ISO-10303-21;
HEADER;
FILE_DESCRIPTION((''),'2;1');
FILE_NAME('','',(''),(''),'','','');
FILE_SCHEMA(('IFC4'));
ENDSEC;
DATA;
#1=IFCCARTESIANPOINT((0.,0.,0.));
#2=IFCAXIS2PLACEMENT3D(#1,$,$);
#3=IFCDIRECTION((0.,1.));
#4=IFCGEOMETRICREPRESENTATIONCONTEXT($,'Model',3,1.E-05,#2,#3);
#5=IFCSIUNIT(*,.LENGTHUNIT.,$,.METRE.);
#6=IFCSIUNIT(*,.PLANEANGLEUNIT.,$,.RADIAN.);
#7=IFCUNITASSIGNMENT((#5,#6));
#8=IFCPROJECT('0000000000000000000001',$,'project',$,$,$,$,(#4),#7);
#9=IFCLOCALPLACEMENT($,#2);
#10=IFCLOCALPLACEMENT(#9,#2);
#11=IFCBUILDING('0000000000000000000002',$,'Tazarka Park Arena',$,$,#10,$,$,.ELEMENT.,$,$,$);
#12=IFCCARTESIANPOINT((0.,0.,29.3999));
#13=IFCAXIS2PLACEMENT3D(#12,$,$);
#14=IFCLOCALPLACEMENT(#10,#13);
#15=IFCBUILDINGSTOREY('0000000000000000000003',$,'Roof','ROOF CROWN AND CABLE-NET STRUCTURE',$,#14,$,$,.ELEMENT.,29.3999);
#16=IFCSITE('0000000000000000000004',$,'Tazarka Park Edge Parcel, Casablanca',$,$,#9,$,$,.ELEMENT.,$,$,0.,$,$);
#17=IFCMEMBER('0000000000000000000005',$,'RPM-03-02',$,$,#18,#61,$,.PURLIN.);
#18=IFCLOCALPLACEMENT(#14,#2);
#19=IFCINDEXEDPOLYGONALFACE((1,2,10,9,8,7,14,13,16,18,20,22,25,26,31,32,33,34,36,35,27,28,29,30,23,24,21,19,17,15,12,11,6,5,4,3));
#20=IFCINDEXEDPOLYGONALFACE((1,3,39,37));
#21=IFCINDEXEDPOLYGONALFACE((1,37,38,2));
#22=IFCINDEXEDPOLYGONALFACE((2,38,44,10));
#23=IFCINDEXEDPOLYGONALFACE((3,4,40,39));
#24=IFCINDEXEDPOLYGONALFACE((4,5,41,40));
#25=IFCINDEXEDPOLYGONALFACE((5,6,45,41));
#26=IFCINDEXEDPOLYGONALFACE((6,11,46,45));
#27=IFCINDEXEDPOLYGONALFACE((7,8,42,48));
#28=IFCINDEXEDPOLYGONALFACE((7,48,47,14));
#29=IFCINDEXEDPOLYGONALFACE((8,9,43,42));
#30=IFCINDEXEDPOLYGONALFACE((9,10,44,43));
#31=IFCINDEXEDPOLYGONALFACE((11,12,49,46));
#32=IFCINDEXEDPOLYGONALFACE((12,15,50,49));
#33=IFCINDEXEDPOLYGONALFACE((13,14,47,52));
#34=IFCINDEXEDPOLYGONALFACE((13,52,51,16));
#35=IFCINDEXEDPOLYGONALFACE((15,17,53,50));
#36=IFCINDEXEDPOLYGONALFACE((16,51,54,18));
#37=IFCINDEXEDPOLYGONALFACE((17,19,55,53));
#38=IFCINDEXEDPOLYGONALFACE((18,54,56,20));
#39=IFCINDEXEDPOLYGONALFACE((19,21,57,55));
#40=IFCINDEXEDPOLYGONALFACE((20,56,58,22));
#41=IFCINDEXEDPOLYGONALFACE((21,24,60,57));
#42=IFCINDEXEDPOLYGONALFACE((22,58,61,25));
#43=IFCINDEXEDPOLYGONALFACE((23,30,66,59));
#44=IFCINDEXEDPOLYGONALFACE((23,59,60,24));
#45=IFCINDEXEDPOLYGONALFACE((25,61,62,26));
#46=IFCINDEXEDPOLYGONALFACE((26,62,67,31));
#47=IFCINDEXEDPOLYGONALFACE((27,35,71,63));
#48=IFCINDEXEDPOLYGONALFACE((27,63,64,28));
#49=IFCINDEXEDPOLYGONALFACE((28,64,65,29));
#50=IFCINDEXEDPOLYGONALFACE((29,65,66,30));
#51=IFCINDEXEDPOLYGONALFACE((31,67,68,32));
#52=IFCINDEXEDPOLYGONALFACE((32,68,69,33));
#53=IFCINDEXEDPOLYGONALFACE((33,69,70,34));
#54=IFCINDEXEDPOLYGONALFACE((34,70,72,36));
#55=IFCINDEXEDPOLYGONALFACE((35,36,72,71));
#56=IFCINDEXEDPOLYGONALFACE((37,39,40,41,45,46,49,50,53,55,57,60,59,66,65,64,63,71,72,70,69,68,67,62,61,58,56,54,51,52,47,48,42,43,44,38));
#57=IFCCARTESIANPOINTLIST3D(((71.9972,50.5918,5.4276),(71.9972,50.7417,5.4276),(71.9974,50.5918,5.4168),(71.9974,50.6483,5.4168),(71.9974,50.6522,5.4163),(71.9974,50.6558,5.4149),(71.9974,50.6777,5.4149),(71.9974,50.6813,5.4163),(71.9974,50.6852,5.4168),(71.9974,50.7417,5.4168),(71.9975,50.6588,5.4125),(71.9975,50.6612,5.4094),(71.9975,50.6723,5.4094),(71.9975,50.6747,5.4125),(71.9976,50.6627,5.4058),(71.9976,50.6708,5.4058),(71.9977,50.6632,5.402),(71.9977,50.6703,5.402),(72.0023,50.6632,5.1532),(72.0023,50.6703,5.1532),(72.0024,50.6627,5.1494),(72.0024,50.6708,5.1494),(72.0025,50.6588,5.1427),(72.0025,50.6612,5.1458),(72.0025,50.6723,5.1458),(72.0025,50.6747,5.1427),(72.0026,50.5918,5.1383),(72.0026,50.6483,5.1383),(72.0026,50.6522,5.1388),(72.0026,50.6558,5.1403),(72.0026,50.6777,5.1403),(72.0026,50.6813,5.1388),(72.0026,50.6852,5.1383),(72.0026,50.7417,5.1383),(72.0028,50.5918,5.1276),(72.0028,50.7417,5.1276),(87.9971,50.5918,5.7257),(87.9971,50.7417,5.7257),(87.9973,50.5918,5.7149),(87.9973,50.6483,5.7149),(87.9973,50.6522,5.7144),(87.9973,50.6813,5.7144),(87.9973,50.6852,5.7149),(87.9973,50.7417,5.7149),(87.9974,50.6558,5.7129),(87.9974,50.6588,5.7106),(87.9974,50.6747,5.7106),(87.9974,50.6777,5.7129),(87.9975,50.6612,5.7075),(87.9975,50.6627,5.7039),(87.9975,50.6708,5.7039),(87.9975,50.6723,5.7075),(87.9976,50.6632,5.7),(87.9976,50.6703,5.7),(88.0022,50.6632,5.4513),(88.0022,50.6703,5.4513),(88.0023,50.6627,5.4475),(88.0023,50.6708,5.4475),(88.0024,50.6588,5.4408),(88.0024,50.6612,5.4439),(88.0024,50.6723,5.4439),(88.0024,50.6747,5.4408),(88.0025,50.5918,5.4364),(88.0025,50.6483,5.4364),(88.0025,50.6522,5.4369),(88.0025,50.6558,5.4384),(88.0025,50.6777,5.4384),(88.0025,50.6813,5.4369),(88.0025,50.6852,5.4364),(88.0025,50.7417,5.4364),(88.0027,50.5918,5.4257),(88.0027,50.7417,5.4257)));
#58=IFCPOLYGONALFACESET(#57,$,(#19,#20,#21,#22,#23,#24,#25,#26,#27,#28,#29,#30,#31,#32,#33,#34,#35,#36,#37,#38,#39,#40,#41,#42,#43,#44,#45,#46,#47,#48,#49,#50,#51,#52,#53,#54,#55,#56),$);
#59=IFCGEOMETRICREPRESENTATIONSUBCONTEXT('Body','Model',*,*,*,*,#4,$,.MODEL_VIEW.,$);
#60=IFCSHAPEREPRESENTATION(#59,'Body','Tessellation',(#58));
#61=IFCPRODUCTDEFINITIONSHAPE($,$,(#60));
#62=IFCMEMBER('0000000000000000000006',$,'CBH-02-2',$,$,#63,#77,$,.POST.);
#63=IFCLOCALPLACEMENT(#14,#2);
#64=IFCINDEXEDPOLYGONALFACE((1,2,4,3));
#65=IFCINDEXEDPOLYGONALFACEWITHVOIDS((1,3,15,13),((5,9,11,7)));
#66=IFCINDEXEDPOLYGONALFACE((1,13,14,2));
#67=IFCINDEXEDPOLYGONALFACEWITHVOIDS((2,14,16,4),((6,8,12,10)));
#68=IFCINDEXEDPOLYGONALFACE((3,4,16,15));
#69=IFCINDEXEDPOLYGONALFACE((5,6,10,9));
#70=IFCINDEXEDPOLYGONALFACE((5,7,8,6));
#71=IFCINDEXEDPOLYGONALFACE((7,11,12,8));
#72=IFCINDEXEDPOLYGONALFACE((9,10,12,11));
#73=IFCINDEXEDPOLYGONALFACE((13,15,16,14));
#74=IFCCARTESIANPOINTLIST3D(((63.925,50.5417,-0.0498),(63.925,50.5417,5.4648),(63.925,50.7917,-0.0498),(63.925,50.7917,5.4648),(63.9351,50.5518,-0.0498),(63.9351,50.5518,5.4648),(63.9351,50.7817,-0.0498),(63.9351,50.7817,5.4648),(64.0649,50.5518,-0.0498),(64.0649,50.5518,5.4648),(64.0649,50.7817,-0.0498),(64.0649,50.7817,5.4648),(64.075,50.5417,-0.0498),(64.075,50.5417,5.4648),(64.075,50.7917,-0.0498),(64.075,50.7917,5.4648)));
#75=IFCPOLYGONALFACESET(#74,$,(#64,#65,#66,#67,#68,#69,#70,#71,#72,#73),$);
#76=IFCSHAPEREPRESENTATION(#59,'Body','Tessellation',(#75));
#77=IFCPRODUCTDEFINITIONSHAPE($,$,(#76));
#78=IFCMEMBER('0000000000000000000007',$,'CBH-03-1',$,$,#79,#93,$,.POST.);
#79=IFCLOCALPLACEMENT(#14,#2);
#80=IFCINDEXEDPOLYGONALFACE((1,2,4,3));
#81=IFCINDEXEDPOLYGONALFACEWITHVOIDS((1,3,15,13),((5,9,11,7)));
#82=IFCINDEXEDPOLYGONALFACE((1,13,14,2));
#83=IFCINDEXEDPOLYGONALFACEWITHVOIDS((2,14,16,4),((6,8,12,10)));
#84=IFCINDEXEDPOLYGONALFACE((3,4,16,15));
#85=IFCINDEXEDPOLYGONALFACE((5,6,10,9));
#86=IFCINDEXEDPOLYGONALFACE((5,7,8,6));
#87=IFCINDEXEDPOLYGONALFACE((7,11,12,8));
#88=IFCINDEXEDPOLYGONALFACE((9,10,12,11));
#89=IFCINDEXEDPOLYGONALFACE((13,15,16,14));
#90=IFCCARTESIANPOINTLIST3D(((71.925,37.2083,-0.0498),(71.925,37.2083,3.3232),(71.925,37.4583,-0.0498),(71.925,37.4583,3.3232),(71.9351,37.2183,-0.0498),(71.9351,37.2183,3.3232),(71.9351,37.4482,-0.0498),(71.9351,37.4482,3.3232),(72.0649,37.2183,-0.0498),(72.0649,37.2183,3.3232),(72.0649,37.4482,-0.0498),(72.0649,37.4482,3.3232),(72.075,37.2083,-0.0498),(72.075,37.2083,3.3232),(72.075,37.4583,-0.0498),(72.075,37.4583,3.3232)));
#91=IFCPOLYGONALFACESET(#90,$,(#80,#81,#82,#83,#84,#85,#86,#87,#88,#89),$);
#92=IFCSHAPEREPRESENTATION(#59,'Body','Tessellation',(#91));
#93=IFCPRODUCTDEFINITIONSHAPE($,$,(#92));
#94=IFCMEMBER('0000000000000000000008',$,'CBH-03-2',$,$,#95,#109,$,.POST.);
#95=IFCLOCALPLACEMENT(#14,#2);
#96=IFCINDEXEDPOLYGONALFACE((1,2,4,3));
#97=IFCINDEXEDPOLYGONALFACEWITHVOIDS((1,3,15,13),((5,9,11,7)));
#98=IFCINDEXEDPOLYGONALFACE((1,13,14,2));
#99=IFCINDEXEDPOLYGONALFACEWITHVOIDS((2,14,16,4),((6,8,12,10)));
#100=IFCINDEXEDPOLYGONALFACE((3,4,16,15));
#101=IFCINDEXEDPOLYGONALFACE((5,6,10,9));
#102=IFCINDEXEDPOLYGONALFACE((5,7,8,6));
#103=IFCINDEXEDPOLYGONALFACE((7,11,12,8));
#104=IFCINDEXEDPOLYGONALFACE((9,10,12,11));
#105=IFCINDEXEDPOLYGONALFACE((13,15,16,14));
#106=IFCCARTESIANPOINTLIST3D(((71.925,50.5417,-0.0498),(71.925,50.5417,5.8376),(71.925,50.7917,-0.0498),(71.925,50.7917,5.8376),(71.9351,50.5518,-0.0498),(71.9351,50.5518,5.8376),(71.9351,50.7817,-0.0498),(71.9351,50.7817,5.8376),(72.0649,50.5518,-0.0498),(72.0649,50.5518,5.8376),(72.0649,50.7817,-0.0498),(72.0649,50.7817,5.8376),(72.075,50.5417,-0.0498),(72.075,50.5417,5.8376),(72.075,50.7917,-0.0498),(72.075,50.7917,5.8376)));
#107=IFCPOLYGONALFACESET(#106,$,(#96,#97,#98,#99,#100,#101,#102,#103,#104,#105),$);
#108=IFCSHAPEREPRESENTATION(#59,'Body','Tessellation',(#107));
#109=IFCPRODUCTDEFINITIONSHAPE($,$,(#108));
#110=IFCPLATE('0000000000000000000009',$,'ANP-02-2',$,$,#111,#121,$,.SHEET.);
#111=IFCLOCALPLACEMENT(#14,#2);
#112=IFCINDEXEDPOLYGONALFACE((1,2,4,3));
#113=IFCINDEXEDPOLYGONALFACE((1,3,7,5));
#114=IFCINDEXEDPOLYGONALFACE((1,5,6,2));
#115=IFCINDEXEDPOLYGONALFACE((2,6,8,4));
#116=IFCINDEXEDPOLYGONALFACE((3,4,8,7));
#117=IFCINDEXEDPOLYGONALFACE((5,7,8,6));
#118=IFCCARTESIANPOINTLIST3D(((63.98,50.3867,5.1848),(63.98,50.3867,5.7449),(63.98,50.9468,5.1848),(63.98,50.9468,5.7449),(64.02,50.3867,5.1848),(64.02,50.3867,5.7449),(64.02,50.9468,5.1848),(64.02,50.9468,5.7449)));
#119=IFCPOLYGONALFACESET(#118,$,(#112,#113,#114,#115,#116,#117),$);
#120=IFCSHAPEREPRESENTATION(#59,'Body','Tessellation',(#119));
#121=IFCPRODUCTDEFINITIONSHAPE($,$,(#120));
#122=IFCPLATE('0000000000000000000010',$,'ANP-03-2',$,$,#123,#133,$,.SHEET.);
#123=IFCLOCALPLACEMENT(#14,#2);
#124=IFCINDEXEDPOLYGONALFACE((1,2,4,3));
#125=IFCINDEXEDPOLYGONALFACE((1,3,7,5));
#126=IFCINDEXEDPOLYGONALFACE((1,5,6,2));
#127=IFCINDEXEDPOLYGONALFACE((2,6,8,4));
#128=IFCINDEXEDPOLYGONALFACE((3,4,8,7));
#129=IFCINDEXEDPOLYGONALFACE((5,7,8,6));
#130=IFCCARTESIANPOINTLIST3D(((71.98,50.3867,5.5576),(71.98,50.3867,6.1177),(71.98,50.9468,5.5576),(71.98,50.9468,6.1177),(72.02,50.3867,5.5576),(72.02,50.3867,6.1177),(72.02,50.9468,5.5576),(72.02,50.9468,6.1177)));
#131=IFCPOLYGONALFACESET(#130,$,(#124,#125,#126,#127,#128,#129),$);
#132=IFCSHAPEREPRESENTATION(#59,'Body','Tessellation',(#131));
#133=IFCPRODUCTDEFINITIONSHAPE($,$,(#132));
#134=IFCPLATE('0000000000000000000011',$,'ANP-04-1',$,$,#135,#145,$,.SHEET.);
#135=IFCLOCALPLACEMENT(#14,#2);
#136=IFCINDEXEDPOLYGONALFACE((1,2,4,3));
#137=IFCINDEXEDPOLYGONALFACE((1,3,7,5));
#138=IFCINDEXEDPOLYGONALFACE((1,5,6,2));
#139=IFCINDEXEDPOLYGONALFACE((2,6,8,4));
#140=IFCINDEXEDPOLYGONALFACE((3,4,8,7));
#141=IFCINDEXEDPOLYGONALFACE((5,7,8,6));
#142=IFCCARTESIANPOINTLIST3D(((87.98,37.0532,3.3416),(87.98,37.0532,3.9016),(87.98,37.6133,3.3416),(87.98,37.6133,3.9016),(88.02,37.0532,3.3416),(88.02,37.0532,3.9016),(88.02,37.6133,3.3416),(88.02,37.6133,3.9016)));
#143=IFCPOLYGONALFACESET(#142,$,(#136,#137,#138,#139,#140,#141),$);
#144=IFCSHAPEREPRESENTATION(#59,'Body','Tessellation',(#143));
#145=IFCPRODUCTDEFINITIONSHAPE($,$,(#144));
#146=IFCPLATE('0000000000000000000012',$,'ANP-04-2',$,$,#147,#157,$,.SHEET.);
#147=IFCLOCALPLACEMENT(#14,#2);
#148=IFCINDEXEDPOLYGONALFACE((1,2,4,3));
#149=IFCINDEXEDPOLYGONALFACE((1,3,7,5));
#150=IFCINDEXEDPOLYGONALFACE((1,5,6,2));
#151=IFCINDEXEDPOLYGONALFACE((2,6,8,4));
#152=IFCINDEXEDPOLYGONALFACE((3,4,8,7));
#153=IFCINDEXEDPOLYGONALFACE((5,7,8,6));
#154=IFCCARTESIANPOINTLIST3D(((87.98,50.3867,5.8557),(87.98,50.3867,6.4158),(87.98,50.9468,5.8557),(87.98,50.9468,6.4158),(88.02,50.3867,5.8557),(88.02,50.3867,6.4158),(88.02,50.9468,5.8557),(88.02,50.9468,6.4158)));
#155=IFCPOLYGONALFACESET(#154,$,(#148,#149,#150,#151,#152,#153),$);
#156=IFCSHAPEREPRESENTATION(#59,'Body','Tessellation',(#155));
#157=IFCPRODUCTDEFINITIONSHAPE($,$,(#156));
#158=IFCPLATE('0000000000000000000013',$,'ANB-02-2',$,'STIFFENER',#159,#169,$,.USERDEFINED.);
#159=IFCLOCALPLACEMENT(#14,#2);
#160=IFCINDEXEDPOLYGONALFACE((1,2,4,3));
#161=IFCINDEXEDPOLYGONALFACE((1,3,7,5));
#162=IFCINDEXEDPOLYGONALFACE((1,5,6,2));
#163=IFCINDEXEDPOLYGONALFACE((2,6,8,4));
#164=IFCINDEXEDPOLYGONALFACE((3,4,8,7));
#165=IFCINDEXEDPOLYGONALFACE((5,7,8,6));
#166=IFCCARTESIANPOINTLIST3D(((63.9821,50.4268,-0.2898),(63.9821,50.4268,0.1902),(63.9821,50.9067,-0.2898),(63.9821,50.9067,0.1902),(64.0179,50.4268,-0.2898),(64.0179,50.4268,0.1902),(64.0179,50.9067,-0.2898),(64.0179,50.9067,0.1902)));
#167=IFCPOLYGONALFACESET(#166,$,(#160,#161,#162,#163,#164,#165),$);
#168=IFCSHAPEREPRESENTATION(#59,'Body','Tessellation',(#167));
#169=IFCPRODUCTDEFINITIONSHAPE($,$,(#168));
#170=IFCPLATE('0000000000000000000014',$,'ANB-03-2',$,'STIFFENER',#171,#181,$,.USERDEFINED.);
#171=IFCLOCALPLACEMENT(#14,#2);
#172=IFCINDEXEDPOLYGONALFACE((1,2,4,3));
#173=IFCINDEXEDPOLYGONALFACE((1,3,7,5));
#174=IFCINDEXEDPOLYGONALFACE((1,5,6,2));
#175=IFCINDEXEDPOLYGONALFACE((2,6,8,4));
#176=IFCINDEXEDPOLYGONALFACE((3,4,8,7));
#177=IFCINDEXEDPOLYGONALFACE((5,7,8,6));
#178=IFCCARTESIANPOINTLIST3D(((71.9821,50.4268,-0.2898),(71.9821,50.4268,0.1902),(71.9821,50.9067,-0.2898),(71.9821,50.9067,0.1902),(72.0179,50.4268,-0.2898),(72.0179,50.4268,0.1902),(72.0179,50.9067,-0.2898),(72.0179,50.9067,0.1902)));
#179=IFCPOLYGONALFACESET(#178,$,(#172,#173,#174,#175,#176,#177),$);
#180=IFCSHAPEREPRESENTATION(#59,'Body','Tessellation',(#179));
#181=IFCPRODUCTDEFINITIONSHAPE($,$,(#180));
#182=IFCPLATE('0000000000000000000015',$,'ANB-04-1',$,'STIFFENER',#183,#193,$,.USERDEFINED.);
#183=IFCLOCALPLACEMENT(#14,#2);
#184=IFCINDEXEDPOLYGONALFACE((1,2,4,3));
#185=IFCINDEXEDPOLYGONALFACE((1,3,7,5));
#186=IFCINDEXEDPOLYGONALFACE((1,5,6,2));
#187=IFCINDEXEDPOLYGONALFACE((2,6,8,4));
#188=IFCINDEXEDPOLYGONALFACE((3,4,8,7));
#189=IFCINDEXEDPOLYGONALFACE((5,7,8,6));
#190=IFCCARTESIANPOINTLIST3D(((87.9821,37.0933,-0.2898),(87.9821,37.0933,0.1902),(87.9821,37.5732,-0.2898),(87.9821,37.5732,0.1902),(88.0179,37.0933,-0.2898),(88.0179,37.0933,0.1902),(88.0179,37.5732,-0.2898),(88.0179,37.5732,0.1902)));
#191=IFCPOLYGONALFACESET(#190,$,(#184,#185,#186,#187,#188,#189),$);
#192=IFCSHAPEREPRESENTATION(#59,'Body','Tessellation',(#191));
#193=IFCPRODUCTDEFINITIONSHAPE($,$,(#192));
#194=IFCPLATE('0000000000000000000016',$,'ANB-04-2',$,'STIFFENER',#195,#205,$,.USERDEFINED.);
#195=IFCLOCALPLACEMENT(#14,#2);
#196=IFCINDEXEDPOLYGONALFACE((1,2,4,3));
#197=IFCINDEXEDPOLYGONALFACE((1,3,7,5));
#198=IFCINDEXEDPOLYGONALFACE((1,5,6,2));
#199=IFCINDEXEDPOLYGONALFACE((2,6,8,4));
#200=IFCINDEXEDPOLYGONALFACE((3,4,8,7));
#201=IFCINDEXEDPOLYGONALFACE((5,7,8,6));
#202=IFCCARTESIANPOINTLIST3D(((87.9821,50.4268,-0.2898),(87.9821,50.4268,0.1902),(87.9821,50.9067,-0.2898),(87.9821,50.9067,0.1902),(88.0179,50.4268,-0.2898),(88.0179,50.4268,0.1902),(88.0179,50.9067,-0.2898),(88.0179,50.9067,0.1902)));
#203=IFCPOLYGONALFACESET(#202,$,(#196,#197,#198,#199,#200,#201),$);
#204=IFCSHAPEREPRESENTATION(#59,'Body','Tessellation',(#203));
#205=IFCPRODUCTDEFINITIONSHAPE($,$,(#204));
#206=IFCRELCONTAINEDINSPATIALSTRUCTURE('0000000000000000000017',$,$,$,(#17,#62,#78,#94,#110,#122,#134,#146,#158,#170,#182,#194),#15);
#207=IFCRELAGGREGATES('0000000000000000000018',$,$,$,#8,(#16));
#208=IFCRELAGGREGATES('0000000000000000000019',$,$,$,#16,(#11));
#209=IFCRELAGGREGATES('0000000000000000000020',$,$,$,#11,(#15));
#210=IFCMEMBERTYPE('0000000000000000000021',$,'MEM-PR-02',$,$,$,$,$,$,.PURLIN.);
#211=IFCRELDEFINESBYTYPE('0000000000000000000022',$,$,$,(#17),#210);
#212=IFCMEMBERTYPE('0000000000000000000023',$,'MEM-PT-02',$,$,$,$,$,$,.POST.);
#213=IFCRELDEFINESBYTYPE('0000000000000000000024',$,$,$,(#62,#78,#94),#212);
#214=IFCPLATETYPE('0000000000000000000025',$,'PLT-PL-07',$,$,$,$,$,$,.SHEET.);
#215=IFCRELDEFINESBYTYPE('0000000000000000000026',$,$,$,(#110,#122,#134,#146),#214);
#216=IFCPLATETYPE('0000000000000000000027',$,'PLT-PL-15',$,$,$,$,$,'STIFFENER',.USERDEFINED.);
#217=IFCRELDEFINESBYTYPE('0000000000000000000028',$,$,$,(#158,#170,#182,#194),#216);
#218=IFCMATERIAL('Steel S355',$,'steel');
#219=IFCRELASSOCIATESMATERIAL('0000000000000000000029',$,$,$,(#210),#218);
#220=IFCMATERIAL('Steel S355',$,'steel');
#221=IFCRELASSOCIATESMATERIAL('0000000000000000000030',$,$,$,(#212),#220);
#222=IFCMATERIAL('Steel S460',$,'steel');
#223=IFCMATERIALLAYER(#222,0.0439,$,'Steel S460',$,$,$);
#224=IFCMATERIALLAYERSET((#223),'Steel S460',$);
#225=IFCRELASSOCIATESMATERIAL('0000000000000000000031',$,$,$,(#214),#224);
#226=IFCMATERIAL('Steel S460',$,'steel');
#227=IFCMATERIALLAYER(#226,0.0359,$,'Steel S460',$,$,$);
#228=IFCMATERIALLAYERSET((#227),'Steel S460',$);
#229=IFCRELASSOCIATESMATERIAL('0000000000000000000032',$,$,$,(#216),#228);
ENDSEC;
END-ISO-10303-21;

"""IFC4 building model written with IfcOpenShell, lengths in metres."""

from ifc_helpers import new_model, si_unit, direction, frame, origin, origin_2d, place, context, subcontext, project, spatial, rectangle, hollow_rectangle, i_section, extrude, material, layer, layer_set, material_profile, profile_set, type_object, element, save


model = new_model("IFC4")

# Units and contexts
model_context = context("Model", 3, precision=1e-05, world=origin(), true_north=direction((0.0, 1.0)))
body_context = subcontext(model_context, "Body", "Model", "MODEL_VIEW")
ifc_project = project(units=[si_unit("LENGTHUNIT", "METRE"), si_unit("PLANEANGLEUNIT", "RADIAN")], contexts=[model_context])

# Site, building, storey
site_placement = place(None, origin())
site = spatial("IfcSite", under=ifc_project, at=site_placement, Name="Tazarka Park Edge Parcel, Casablanca", CompositionType="ELEMENT", RefElevation=0.0)
building_placement = place(site_placement, origin())
building = spatial("IfcBuilding", under=site, at=building_placement, Name="Tazarka Park Arena", CompositionType="ELEMENT")
storey_placement = place(building_placement, frame((0.0, 0.0, 29.3999)))
storey = spatial("IfcBuildingStorey", under=building, at=storey_placement, Name="Roof", Description="ROOF CROWN AND CABLE-NET STRUCTURE", CompositionType="ELEMENT", Elevation=29.3999)

# Members
ifc_material_1 = material(Name="Steel S355", Category="steel")
ifc_material_profile_1 = material_profile(ifc_material_1, i_section(OverallWidth=0.1499, OverallDepth=0.3, WebThickness=0.0071, FlangeThickness=0.0107, FilletRadius=0.0149, at=origin_2d()), Name="Steel S355")
ifc_profile_set_1 = profile_set([ifc_material_profile_1], Name="Steel S355")
member_type_1 = type_object("IfcMemberType", Name="MEM-PR-02", PredefinedType="PURLIN", material=ifc_profile_set_1)
member_1_placement = place(storey_placement, frame((72.0, 50.6667, 5.2776), z_axis=(0.999826, 0.0, 0.018628), x_axis=(0.0, 1.0, 0.0)))
element("IfcMember", 1, at=member_1_placement, inside=storey, type_object=member_type_1, Name="RPM-03-02", PredefinedType="PURLIN", context=body_context, shape_type="SweptSolid", body=[
    extrude(i_section(OverallWidth=0.1499, OverallDepth=0.3, WebThickness=0.0071, FlangeThickness=0.0107, FilletRadius=0.0149, at=origin_2d()), origin(), (0.0, 0.0, 1.0), 16.0027),
])
ifc_material_2 = material(Name="Steel S355", Category="steel")
ifc_material_profile_2 = material_profile(ifc_material_2, hollow_rectangle(XDim=0.1499, YDim=0.25, WallThickness=0.01, at=origin_2d()), Name="Steel S355")
ifc_profile_set_2 = profile_set([ifc_material_profile_2], Name="Steel S355")
member_type_2 = type_object("IfcMemberType", Name="MEM-PT-02", PredefinedType="POST", material=ifc_profile_set_2)
member_2_placement = place(storey_placement, frame((64.0, 50.6667, -0.0498), z_axis=(0.0, 0.0, 1.0), x_axis=(1.0, 0.0, 0.0)))
element("IfcMember", 2, at=member_2_placement, inside=storey, type_object=member_type_2, Name="CBH-02-2", PredefinedType="POST", context=body_context, shape_type="SweptSolid", body=[
    extrude(hollow_rectangle(XDim=0.1499, YDim=0.25, WallThickness=0.01, at=origin_2d()), origin(), (0.0, 0.0, 1.0), 5.5146),
])
member_3_placement = place(storey_placement, frame((72.0, 37.3333, -0.0498), z_axis=(0.0, 0.0, 1.0), x_axis=(1.0, 0.0, 0.0)))
element("IfcMember", 3, at=member_3_placement, inside=storey, type_object=member_type_2, Name="CBH-03-1", PredefinedType="POST", context=body_context, shape_type="SweptSolid", body=[
    extrude(hollow_rectangle(XDim=0.1499, YDim=0.25, WallThickness=0.01, at=origin_2d()), origin(), (0.0, 0.0, 1.0), 3.373),
])
member_4_placement = place(storey_placement, frame((72.0, 50.6667, -0.0498), z_axis=(0.0, 0.0, 1.0), x_axis=(1.0, 0.0, 0.0)))
element("IfcMember", 4, at=member_4_placement, inside=storey, type_object=member_type_2, Name="CBH-03-2", PredefinedType="POST", context=body_context, shape_type="SweptSolid", body=[
    extrude(hollow_rectangle(XDim=0.1499, YDim=0.25, WallThickness=0.01, at=origin_2d()), origin(), (0.0, 0.0, 1.0), 5.8875),
])

# Plates
ifc_material_3 = material(Name="Steel S460", Category="steel")
ifc_layer_1 = layer(ifc_material_3, 0.0439, Name="Steel S460")
ifc_layer_set_1 = layer_set([ifc_layer_1], Name="Steel S460")
plate_type_1 = type_object("IfcPlateType", Name="PLT-PL-07", PredefinedType="SHEET", material=ifc_layer_set_1)
for number, where, z_axis, x_axis, name in (
    (5, (64.0, 50.6667, 5.1848), (0.0, 0.0, 1.0), (1.0, 0.0, 0.0), "ANP-02-2"),
    (6, (72.0, 50.6667, 5.5576), (0.0, 0.0, 1.0), (1.0, 0.0, 0.0), "ANP-03-2"),
    (7, (88.0, 37.3333, 3.3416), (0.0, 0.0, 1.0), (1.0, 0.0, 0.0), "ANP-04-1"),
    (8, (88.0, 50.6667, 5.8557), (0.0, 0.0, 1.0), (1.0, 0.0, 0.0), "ANP-04-2"),
):
    element("IfcPlate", number, at=place(storey_placement, frame(where, z_axis=z_axis, x_axis=x_axis)), inside=storey, type_object=plate_type_1, Name=name, PredefinedType="SHEET", context=body_context, shape_type="SweptSolid", body=[
        extrude(rectangle(XDim=0.04, YDim=0.5601, at=origin_2d()), origin(), (0.0, 0.0, 1.0), 0.5601),
    ])
ifc_material_4 = material(Name="Steel S460", Category="steel")
ifc_layer_2 = layer(ifc_material_4, 0.0359, Name="Steel S460")
ifc_layer_set_2 = layer_set([ifc_layer_2], Name="Steel S460")
plate_type_2 = type_object("IfcPlateType", Name="PLT-PL-15", ElementType="STIFFENER", PredefinedType="USERDEFINED", material=ifc_layer_set_2)
for number, where, z_axis, x_axis, name in (
    (9, (64.0, 50.6667, -0.2898), (0.0, 0.0, 1.0), (1.0, 0.0, 0.0), "ANB-02-2"),
    (10, (72.0, 50.6667, -0.2898), (0.0, 0.0, 1.0), (1.0, 0.0, 0.0), "ANB-03-2"),
    (11, (88.0, 37.3333, -0.2898), (0.0, 0.0, 1.0), (1.0, 0.0, 0.0), "ANB-04-1"),
    (12, (88.0, 50.6667, -0.2898), (0.0, 0.0, 1.0), (1.0, 0.0, 0.0), "ANB-04-2"),
):
    element("IfcPlate", number, at=place(storey_placement, frame(where, z_axis=z_axis, x_axis=x_axis)), inside=storey, type_object=plate_type_2, Name=name, ObjectType="STIFFENER", PredefinedType="USERDEFINED", context=body_context, shape_type="SweptSolid", body=[
        extrude(rectangle(XDim=0.0359, YDim=0.48, at=origin_2d()), origin(), (0.0, 0.0, 1.0), 0.48),
    ])

save(model, "model.ifc")
